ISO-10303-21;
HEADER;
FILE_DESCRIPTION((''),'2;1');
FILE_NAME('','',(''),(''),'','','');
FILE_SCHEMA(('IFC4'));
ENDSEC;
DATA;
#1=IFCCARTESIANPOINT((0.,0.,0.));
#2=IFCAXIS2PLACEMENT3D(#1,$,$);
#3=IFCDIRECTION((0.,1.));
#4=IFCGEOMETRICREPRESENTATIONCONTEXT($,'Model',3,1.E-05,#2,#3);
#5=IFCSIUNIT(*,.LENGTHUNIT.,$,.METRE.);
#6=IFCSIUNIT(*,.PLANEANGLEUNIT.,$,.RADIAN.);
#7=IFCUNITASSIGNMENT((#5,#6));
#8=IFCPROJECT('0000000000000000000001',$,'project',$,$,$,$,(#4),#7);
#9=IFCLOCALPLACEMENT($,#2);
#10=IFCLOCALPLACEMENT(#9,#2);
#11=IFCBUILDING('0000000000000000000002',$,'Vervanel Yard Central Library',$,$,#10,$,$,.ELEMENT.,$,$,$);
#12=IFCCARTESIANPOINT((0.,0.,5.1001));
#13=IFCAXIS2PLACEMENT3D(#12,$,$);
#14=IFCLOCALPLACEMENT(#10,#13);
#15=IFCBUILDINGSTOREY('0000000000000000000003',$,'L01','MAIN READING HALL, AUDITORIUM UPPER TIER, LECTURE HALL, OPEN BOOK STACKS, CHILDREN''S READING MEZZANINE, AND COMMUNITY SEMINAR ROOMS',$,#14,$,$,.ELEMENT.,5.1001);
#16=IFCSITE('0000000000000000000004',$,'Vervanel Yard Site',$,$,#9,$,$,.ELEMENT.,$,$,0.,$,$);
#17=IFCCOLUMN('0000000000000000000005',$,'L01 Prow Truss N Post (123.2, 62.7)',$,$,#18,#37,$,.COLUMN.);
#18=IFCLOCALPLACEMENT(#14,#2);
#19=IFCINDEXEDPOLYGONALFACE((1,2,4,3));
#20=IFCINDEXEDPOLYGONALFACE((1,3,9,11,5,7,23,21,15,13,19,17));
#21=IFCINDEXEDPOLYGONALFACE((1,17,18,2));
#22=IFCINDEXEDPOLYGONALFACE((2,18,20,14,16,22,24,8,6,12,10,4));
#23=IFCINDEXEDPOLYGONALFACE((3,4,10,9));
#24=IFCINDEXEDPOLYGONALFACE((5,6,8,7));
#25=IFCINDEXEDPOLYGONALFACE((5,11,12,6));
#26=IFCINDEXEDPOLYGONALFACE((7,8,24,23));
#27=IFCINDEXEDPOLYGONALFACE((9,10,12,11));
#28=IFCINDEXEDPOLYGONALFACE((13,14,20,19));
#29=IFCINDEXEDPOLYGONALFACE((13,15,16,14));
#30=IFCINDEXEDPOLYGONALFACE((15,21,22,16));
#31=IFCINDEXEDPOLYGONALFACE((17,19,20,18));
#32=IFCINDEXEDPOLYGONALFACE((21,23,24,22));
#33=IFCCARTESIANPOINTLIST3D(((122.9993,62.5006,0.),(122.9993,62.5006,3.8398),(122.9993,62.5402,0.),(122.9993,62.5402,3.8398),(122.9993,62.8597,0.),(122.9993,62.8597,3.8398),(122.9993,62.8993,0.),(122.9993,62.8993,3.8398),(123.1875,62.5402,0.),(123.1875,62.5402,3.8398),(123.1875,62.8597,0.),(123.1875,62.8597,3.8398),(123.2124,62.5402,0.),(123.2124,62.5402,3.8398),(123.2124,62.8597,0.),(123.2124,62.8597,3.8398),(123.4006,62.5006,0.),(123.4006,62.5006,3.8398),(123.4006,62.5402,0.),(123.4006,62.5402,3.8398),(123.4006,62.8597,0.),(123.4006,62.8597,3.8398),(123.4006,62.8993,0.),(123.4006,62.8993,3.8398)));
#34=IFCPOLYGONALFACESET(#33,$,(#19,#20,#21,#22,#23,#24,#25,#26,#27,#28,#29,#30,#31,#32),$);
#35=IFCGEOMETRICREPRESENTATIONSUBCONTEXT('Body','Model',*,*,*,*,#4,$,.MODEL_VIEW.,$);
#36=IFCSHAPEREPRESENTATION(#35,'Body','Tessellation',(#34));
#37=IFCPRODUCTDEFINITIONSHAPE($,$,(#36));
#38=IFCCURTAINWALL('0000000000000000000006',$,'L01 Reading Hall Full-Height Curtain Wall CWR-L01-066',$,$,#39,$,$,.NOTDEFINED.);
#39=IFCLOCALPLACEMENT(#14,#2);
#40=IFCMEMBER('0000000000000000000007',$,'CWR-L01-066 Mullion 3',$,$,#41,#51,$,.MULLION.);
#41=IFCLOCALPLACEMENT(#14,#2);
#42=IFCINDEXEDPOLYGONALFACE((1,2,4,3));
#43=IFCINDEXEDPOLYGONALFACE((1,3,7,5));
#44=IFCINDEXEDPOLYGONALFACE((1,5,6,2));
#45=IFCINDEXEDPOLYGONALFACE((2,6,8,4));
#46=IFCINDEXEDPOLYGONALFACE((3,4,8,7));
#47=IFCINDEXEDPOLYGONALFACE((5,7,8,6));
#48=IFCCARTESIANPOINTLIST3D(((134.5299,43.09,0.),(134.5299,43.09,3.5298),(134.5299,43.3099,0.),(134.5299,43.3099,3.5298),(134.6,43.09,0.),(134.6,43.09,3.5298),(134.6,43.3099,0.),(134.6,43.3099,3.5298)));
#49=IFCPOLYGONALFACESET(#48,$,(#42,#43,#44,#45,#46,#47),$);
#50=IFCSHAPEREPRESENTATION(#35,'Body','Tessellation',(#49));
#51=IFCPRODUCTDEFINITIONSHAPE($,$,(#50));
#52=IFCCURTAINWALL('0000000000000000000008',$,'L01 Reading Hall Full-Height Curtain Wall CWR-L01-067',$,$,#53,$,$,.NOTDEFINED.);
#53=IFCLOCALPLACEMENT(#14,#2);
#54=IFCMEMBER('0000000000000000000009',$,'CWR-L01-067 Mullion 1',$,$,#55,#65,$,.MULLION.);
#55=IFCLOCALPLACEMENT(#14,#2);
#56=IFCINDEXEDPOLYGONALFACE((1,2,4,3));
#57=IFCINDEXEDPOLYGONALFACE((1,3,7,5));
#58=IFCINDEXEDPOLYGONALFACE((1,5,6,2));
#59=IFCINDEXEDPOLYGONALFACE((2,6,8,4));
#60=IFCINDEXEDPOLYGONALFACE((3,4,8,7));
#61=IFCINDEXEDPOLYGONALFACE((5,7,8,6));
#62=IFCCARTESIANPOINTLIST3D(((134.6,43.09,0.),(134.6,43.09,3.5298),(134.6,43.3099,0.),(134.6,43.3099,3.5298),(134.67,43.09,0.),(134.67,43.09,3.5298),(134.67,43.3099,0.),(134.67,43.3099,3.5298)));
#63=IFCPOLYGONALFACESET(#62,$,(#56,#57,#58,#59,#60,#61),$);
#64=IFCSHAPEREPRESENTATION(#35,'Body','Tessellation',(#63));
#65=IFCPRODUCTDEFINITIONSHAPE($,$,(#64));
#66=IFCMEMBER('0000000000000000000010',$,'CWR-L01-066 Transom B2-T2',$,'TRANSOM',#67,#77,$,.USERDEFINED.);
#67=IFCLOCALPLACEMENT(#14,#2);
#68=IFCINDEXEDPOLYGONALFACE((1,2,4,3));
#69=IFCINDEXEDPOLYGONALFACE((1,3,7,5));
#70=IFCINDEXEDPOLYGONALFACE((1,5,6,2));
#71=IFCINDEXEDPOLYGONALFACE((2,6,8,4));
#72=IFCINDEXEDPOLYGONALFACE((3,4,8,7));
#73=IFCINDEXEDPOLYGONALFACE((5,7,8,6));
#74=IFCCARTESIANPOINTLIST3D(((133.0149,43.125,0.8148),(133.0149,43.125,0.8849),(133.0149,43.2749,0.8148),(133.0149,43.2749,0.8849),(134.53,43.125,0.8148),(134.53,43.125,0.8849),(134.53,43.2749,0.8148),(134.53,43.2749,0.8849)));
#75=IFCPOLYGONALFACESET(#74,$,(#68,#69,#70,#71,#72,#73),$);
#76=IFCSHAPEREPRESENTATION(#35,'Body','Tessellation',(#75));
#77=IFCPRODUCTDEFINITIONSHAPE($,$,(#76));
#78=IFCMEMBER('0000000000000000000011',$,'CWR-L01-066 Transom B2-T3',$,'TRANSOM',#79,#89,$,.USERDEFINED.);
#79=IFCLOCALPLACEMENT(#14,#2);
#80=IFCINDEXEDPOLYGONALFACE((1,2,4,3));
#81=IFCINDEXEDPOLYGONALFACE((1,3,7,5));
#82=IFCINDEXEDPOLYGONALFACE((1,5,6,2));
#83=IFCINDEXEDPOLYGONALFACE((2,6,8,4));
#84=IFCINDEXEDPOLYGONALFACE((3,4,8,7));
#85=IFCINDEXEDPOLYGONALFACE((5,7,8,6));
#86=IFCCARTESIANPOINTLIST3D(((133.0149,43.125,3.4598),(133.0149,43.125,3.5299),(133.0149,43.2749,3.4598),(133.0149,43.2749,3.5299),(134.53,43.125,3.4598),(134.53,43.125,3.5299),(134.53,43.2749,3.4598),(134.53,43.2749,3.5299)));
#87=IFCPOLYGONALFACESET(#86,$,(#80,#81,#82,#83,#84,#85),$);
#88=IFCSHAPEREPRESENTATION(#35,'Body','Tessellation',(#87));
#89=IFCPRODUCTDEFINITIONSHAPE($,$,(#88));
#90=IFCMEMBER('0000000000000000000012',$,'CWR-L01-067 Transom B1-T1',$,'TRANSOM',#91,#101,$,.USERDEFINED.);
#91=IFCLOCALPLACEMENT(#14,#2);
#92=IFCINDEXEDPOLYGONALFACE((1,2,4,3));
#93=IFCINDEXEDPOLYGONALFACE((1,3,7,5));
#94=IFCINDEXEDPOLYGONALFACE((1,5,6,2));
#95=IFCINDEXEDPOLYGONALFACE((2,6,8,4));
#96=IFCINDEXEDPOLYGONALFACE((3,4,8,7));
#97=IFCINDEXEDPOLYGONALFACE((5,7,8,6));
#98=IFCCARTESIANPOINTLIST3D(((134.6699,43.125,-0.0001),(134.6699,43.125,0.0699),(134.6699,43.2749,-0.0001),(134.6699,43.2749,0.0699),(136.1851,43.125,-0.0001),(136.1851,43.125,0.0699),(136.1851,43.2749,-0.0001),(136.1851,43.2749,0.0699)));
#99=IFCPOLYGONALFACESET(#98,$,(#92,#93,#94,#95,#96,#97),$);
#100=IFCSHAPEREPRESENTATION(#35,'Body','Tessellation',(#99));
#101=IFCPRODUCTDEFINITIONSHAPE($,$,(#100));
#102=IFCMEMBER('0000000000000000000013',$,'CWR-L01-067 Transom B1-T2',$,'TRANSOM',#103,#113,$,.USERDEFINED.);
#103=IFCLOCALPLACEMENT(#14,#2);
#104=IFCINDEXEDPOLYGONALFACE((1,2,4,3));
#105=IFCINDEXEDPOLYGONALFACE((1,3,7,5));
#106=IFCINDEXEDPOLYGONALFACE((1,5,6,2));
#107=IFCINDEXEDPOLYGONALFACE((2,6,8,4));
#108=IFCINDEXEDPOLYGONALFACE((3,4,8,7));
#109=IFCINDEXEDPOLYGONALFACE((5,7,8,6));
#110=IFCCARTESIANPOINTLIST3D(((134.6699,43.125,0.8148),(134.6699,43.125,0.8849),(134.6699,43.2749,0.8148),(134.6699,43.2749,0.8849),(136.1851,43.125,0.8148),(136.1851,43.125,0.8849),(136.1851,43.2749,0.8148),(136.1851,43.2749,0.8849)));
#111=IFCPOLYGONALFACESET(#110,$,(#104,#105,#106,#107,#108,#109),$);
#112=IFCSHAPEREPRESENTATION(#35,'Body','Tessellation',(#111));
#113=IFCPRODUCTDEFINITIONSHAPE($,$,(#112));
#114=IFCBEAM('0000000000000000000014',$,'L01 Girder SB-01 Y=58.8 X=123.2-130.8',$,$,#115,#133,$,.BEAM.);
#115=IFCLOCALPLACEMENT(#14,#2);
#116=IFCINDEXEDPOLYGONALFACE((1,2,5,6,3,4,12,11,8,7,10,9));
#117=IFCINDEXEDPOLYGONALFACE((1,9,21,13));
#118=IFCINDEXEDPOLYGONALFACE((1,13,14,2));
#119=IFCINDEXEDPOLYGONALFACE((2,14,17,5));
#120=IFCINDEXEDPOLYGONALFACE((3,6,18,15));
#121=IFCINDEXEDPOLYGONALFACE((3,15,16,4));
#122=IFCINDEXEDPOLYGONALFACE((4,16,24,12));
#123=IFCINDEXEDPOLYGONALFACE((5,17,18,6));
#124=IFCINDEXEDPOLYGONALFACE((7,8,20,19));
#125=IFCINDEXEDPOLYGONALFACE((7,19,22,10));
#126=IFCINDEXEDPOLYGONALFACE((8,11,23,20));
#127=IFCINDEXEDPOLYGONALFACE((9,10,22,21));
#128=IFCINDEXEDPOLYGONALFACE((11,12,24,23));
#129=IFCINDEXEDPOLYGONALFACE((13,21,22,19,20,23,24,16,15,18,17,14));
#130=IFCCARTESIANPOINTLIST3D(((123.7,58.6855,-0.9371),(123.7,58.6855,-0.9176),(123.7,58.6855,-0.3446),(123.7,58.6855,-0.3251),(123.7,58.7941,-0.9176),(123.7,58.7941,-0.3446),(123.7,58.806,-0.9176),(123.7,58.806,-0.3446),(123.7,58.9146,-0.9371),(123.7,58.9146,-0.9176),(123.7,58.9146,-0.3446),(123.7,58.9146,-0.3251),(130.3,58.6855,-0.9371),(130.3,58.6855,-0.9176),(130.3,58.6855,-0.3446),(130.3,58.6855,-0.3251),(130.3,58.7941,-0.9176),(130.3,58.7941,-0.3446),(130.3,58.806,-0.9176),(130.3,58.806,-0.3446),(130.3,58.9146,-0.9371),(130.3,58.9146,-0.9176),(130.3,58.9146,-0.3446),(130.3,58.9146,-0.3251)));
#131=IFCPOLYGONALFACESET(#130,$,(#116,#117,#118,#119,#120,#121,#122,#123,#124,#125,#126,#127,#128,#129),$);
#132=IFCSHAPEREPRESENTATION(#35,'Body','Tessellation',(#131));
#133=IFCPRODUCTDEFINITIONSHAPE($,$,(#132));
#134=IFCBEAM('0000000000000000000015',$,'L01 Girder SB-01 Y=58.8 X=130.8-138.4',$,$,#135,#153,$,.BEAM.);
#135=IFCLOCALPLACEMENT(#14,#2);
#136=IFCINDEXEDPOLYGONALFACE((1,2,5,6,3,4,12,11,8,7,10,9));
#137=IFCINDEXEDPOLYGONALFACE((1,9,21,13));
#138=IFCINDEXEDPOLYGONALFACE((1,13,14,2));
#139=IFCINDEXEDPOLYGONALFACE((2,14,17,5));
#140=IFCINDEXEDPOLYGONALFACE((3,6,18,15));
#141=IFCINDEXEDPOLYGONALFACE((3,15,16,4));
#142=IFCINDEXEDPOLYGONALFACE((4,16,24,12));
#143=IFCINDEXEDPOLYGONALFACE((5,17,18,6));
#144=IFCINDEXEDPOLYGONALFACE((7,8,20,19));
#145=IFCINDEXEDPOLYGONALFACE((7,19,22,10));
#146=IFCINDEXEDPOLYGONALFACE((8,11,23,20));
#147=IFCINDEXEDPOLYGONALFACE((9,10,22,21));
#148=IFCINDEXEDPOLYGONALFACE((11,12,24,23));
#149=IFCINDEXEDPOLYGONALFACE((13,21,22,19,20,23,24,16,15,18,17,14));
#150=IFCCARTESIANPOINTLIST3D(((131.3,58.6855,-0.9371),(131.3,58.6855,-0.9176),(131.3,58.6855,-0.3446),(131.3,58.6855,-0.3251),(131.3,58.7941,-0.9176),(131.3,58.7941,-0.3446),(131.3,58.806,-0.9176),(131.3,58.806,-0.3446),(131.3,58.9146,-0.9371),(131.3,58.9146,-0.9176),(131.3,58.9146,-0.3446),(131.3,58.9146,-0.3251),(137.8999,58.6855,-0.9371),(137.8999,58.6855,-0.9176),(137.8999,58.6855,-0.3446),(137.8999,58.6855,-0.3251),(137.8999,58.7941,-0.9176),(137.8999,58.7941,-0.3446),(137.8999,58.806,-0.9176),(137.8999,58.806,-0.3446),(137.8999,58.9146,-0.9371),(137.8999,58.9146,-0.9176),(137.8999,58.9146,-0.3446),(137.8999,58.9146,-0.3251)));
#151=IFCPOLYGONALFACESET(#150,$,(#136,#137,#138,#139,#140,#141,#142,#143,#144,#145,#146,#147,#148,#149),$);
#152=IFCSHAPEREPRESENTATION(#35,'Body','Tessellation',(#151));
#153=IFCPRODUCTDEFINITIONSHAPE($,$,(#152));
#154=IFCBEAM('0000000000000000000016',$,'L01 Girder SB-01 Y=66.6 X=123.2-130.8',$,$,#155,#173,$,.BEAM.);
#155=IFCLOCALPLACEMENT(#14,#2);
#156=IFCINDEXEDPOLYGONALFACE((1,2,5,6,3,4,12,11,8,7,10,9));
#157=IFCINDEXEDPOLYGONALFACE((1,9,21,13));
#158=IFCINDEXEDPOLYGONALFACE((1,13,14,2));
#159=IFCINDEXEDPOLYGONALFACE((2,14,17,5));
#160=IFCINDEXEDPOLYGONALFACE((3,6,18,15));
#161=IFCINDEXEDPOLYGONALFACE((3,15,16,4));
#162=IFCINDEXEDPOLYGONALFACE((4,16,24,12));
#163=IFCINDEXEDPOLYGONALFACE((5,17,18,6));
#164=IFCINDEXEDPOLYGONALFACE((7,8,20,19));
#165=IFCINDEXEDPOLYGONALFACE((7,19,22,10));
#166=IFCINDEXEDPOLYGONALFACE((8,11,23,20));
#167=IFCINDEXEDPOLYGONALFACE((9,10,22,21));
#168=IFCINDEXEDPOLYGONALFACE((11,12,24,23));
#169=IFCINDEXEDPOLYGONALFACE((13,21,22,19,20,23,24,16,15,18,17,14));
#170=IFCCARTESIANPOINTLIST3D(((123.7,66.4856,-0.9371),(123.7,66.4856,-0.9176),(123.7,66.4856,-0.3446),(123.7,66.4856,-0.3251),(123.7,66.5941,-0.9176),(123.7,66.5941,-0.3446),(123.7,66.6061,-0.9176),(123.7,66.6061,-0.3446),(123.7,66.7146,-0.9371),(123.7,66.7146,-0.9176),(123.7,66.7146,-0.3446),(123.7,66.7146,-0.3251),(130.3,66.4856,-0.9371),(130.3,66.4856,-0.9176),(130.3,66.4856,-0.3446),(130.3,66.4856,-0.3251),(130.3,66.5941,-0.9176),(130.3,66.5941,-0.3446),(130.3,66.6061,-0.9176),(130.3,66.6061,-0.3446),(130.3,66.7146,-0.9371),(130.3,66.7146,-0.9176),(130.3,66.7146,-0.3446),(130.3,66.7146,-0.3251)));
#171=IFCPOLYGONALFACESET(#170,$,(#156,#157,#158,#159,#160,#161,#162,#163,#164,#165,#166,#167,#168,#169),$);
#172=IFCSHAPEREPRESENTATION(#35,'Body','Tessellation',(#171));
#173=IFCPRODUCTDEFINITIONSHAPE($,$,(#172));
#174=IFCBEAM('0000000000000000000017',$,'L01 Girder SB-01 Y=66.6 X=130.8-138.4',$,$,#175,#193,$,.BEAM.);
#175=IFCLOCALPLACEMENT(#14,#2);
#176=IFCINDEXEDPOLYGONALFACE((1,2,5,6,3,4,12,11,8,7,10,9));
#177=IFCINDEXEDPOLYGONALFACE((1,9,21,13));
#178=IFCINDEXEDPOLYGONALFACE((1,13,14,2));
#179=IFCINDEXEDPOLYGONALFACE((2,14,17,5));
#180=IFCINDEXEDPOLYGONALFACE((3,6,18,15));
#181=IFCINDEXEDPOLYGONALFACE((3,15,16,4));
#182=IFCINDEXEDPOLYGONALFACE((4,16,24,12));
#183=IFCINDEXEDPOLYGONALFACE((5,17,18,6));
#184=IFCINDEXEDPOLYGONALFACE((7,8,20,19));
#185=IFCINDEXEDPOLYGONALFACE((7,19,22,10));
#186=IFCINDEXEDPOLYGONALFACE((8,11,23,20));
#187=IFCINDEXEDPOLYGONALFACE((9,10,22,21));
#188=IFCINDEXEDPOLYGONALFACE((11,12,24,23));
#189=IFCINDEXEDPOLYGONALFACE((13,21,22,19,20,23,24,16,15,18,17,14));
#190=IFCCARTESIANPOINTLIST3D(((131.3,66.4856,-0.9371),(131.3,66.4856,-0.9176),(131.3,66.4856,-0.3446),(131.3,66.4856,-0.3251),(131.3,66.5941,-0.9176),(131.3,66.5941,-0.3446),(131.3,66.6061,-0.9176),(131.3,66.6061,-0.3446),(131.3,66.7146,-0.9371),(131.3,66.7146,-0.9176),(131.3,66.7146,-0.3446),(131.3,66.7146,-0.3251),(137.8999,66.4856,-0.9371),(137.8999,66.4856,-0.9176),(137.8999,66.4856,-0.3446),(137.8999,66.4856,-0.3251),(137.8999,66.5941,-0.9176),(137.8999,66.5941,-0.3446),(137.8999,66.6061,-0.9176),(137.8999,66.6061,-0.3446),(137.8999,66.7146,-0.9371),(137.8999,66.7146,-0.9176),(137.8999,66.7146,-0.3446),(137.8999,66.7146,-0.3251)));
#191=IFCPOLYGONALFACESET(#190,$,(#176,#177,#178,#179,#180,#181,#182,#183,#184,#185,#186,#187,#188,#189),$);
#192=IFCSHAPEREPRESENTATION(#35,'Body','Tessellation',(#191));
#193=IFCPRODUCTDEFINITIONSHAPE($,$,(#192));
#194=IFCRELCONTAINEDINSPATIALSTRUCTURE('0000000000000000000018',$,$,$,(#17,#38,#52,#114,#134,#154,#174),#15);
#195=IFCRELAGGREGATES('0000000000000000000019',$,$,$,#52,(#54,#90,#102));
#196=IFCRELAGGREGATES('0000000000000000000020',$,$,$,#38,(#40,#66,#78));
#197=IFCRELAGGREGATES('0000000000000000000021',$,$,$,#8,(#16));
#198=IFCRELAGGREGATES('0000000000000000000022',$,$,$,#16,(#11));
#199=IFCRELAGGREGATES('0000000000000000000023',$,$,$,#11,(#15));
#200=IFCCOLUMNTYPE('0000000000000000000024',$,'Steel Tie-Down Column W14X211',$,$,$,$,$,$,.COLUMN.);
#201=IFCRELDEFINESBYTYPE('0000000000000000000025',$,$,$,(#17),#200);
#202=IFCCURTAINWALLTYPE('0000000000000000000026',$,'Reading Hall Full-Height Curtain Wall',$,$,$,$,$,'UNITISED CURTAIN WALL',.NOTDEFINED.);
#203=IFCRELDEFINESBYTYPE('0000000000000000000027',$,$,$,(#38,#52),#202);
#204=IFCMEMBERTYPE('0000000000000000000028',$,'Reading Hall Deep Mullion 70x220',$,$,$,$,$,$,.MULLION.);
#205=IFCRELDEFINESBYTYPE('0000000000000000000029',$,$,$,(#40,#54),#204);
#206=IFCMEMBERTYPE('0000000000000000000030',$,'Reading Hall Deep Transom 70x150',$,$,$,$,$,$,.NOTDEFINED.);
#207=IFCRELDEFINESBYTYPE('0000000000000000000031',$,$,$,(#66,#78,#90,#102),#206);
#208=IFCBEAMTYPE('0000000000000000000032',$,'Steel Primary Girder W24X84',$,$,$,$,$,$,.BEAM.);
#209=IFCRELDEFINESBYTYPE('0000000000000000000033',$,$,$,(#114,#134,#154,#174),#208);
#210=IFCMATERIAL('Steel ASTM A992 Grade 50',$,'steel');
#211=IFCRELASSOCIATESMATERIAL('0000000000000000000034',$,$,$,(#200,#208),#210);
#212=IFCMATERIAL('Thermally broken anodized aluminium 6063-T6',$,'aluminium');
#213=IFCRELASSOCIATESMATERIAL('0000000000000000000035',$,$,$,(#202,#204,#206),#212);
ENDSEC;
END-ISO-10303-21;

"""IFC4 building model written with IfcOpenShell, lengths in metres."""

from ifc_helpers import new_model, si_unit, direction, frame, origin, origin_2d, place, context, subcontext, project, spatial, rectangle, i_section, extrude, material, material_profile, profile_set, type_object, element, aggregate, save


model = new_model("IFC4")

# Units and contexts
model_context = context("Model", 3, precision=1e-05, world=origin(), true_north=direction((0.0, 1.0)))
body_context = subcontext(model_context, "Body", "Model", "MODEL_VIEW")
ifc_project = project(units=[si_unit("LENGTHUNIT", "METRE"), si_unit("PLANEANGLEUNIT", "RADIAN")], contexts=[model_context])

# Site, building, storey
site_placement = place(None, origin())
site = spatial("IfcSite", under=ifc_project, at=site_placement, Name="Vervanel Yard Site", CompositionType="ELEMENT", RefElevation=0.0)
building_placement = place(site_placement, origin())
building = spatial("IfcBuilding", under=site, at=building_placement, Name="Vervanel Yard Central Library", CompositionType="ELEMENT")
storey_placement = place(building_placement, frame((0.0, 0.0, 5.1001)))
storey = spatial("IfcBuildingStorey", under=building, at=storey_placement, Name="L01", Description="MAIN READING HALL, AUDITORIUM UPPER TIER, LECTURE HALL, OPEN BOOK STACKS, CHILDREN'S READING MEZZANINE, AND COMMUNITY SEMINAR ROOMS", CompositionType="ELEMENT", Elevation=5.1001)

# Column
ifc_material_1 = material(Name="Steel ASTM A992 Grade 50", Category="steel")
ifc_material_profile_1 = material_profile(ifc_material_1, i_section(OverallWidth=0.4014, OverallDepth=0.3987, WebThickness=0.0249, FlangeThickness=0.0396, at=origin_2d()), Name="W14X211", Category="steel")
ifc_profile_set_1 = profile_set([ifc_material_profile_1], Name="Steel ASTM A992 Grade 50")
column_type = type_object("IfcColumnType", Name="Steel Tie-Down Column W14X211", PredefinedType="COLUMN", material=ifc_profile_set_1)
column_placement = place(storey_placement, frame((123.2, 62.7, 0.0), z_axis=(0.0, 0.0, 1.0), x_axis=(1.0, 0.0, 0.0)))
element("IfcColumn", 1, at=column_placement, inside=storey, type_object=column_type, Name="L01 Prow Truss N Post (123.2, 62.7)", PredefinedType="COLUMN", context=body_context, shape_type="SweptSolid", body=[
    extrude(i_section(OverallWidth=0.4014, OverallDepth=0.3987, WebThickness=0.0249, FlangeThickness=0.0396, at=origin_2d()), origin(), (0.0, 0.0, 1.0), 3.8398),
])

# Curtain walls, members
ifc_material_2 = material(Name="Thermally broken anodized aluminium 6063-T6", Category="aluminium")
curtain_wall_type = type_object("IfcCurtainWallType", Name="Reading Hall Full-Height Curtain Wall", ElementType="UNITISED CURTAIN WALL", PredefinedType="NOTDEFINED", material=ifc_material_2)
curtain_wall_1_placement = place(storey_placement, origin())
curtain_wall_1 = element("IfcCurtainWall", 2, at=curtain_wall_1_placement, inside=storey, type_object=curtain_wall_type, Name="L01 Reading Hall Full-Height Curtain Wall CWR-L01-066", PredefinedType="NOTDEFINED")
ifc_material_profile_2 = material_profile(ifc_material_2, rectangle(XDim=0.0701, YDim=0.22, at=origin_2d()), Name="ALU 70x220", Category="aluminium")
ifc_profile_set_2 = profile_set([ifc_material_profile_2], Name="Thermally broken anodized aluminium 6063-T6")
member_type_1 = type_object("IfcMemberType", Name="Reading Hall Deep Mullion 70x220", PredefinedType="MULLION", material=ifc_profile_set_2)
member_1_placement = place(storey_placement, frame((134.5649, 43.2, 0.0), z_axis=(0.0, 0.0, 1.0), x_axis=(1.0, 0.0, 0.0)))
member_1 = element("IfcMember", 3, at=member_1_placement, type_object=member_type_1, Name="CWR-L01-066 Mullion 3", PredefinedType="MULLION", context=body_context, shape_type="SweptSolid", body=[
    extrude(rectangle(XDim=0.0701, YDim=0.22, at=origin_2d()), origin(), (0.0, 0.0, 1.0), 3.5298),
])
curtain_wall_2_placement = place(storey_placement, origin())
curtain_wall_2 = element("IfcCurtainWall", 4, at=curtain_wall_2_placement, inside=storey, type_object=curtain_wall_type, Name="L01 Reading Hall Full-Height Curtain Wall CWR-L01-067", PredefinedType="NOTDEFINED")
member_2_placement = place(storey_placement, frame((134.635, 43.2, 0.0), z_axis=(0.0, 0.0, 1.0), x_axis=(1.0, 0.0, 0.0)))
member_2 = element("IfcMember", 5, at=member_2_placement, type_object=member_type_1, Name="CWR-L01-067 Mullion 1", PredefinedType="MULLION", context=body_context, shape_type="SweptSolid", body=[
    extrude(rectangle(XDim=0.0701, YDim=0.22, at=origin_2d()), origin(), (0.0, 0.0, 1.0), 3.5298),
])

# Members
ifc_material_profile_3 = material_profile(ifc_material_2, rectangle(XDim=0.0701, YDim=0.1499, at=origin_2d()), Name="ALU 70x150", Category="aluminium")
ifc_profile_set_3 = profile_set([ifc_material_profile_3], Name="Thermally broken anodized aluminium 6063-T6")
member_type_2 = type_object("IfcMemberType", Name="Reading Hall Deep Transom 70x150", PredefinedType="NOTDEFINED", material=ifc_profile_set_3)
member_3_placement = place(storey_placement, frame((133.0149, 43.2, 0.8499), z_axis=(1.0, 0.0, 0.0), x_axis=(0.0, 0.0, 1.0)))
member_3 = element("IfcMember", 6, at=member_3_placement, type_object=member_type_2, Name="CWR-L01-066 Transom B2-T2", ObjectType="TRANSOM", PredefinedType="USERDEFINED", context=body_context, shape_type="SweptSolid", body=[
    extrude(rectangle(XDim=0.0701, YDim=0.1499, at=origin_2d()), origin(), (0.0, 0.0, 1.0), 1.5151),
])
member_4_placement = place(storey_placement, frame((133.0149, 43.2, 3.4949), z_axis=(1.0, 0.0, 0.0), x_axis=(0.0, 0.0, 1.0)))
member_4 = element("IfcMember", 7, at=member_4_placement, type_object=member_type_2, Name="CWR-L01-066 Transom B2-T3", ObjectType="TRANSOM", PredefinedType="USERDEFINED", context=body_context, shape_type="SweptSolid", body=[
    extrude(rectangle(XDim=0.0701, YDim=0.1499, at=origin_2d()), origin(), (0.0, 0.0, 1.0), 1.5151),
])
member_5_placement = place(storey_placement, frame((134.6699, 43.2, 0.0349), z_axis=(1.0, 0.0, 0.0), x_axis=(0.0, 0.0, 1.0)))
member_5 = element("IfcMember", 8, at=member_5_placement, type_object=member_type_2, Name="CWR-L01-067 Transom B1-T1", ObjectType="TRANSOM", PredefinedType="USERDEFINED", context=body_context, shape_type="SweptSolid", body=[
    extrude(rectangle(XDim=0.0701, YDim=0.1499, at=origin_2d()), origin(), (0.0, 0.0, 1.0), 1.5151),
])
member_6_placement = place(storey_placement, frame((134.6699, 43.2, 0.8499), z_axis=(1.0, 0.0, 0.0), x_axis=(0.0, 0.0, 1.0)))
member_6 = element("IfcMember", 9, at=member_6_placement, type_object=member_type_2, Name="CWR-L01-067 Transom B1-T2", ObjectType="TRANSOM", PredefinedType="USERDEFINED", context=body_context, shape_type="SweptSolid", body=[
    extrude(rectangle(XDim=0.0701, YDim=0.1499, at=origin_2d()), origin(), (0.0, 0.0, 1.0), 1.5151),
])
aggregate(curtain_wall_2, [member_2, member_5, member_6])

# Beams
ifc_material_profile_4 = material_profile(ifc_material_1, i_section(OverallWidth=0.229, OverallDepth=0.6121, WebThickness=0.012, FlangeThickness=0.0195, at=origin_2d()), Name="W24X84", Category="steel")
ifc_profile_set_4 = profile_set([ifc_material_profile_4], Name="Steel ASTM A992 Grade 50")
beam_type_1 = type_object("IfcBeamType", Name="Steel Primary Girder W24X84", PredefinedType="BEAM", material=ifc_profile_set_4)
beam_1_placement = place(storey_placement, frame((123.7, 58.8, -0.6311), z_axis=(1.0, 0.0, 0.0), x_axis=(0.0, 1.0, 0.0)))
element("IfcBeam", 10, at=beam_1_placement, inside=storey, type_object=beam_type_1, Name="L01 Girder SB-01 Y=58.8 X=123.2-130.8", PredefinedType="BEAM", context=body_context, shape_type="SweptSolid", body=[
    extrude(i_section(OverallWidth=0.229, OverallDepth=0.6121, WebThickness=0.012, FlangeThickness=0.0195, at=origin_2d()), origin(), (0.0, 0.0, 1.0), 6.6001),
])
beam_2_placement = place(storey_placement, frame((131.3, 58.8, -0.6311), z_axis=(1.0, 0.0, 0.0), x_axis=(0.0, 1.0, 0.0)))
element("IfcBeam", 11, at=beam_2_placement, inside=storey, type_object=beam_type_1, Name="L01 Girder SB-01 Y=58.8 X=130.8-138.4", PredefinedType="BEAM", context=body_context, shape_type="SweptSolid", body=[
    extrude(i_section(OverallWidth=0.229, OverallDepth=0.6121, WebThickness=0.012, FlangeThickness=0.0195, at=origin_2d()), origin(), (0.0, 0.0, 1.0), 6.5999),
])
beam_3_placement = place(storey_placement, frame((123.7, 66.6001, -0.6311), z_axis=(1.0, 0.0, 0.0), x_axis=(0.0, 1.0, 0.0)))
element("IfcBeam", 12, at=beam_3_placement, inside=storey, type_object=beam_type_1, Name="L01 Girder SB-01 Y=66.6 X=123.2-130.8", PredefinedType="BEAM", context=body_context, shape_type="SweptSolid", body=[
    extrude(i_section(OverallWidth=0.229, OverallDepth=0.6121, WebThickness=0.012, FlangeThickness=0.0195, at=origin_2d()), origin(), (0.0, 0.0, 1.0), 6.6001),
])
beam_4_placement = place(storey_placement, frame((131.3, 66.6001, -0.6311), z_axis=(1.0, 0.0, 0.0), x_axis=(0.0, 1.0, 0.0)))
element("IfcBeam", 13, at=beam_4_placement, inside=storey, type_object=beam_type_1, Name="L01 Girder SB-01 Y=66.6 X=130.8-138.4", PredefinedType="BEAM", context=body_context, shape_type="SweptSolid", body=[
    extrude(i_section(OverallWidth=0.229, OverallDepth=0.6121, WebThickness=0.012, FlangeThickness=0.0195, at=origin_2d()), origin(), (0.0, 0.0, 1.0), 6.5999),
])

aggregate(curtain_wall_1, [member_1, member_3, member_4])

save(model, "model.ifc")
